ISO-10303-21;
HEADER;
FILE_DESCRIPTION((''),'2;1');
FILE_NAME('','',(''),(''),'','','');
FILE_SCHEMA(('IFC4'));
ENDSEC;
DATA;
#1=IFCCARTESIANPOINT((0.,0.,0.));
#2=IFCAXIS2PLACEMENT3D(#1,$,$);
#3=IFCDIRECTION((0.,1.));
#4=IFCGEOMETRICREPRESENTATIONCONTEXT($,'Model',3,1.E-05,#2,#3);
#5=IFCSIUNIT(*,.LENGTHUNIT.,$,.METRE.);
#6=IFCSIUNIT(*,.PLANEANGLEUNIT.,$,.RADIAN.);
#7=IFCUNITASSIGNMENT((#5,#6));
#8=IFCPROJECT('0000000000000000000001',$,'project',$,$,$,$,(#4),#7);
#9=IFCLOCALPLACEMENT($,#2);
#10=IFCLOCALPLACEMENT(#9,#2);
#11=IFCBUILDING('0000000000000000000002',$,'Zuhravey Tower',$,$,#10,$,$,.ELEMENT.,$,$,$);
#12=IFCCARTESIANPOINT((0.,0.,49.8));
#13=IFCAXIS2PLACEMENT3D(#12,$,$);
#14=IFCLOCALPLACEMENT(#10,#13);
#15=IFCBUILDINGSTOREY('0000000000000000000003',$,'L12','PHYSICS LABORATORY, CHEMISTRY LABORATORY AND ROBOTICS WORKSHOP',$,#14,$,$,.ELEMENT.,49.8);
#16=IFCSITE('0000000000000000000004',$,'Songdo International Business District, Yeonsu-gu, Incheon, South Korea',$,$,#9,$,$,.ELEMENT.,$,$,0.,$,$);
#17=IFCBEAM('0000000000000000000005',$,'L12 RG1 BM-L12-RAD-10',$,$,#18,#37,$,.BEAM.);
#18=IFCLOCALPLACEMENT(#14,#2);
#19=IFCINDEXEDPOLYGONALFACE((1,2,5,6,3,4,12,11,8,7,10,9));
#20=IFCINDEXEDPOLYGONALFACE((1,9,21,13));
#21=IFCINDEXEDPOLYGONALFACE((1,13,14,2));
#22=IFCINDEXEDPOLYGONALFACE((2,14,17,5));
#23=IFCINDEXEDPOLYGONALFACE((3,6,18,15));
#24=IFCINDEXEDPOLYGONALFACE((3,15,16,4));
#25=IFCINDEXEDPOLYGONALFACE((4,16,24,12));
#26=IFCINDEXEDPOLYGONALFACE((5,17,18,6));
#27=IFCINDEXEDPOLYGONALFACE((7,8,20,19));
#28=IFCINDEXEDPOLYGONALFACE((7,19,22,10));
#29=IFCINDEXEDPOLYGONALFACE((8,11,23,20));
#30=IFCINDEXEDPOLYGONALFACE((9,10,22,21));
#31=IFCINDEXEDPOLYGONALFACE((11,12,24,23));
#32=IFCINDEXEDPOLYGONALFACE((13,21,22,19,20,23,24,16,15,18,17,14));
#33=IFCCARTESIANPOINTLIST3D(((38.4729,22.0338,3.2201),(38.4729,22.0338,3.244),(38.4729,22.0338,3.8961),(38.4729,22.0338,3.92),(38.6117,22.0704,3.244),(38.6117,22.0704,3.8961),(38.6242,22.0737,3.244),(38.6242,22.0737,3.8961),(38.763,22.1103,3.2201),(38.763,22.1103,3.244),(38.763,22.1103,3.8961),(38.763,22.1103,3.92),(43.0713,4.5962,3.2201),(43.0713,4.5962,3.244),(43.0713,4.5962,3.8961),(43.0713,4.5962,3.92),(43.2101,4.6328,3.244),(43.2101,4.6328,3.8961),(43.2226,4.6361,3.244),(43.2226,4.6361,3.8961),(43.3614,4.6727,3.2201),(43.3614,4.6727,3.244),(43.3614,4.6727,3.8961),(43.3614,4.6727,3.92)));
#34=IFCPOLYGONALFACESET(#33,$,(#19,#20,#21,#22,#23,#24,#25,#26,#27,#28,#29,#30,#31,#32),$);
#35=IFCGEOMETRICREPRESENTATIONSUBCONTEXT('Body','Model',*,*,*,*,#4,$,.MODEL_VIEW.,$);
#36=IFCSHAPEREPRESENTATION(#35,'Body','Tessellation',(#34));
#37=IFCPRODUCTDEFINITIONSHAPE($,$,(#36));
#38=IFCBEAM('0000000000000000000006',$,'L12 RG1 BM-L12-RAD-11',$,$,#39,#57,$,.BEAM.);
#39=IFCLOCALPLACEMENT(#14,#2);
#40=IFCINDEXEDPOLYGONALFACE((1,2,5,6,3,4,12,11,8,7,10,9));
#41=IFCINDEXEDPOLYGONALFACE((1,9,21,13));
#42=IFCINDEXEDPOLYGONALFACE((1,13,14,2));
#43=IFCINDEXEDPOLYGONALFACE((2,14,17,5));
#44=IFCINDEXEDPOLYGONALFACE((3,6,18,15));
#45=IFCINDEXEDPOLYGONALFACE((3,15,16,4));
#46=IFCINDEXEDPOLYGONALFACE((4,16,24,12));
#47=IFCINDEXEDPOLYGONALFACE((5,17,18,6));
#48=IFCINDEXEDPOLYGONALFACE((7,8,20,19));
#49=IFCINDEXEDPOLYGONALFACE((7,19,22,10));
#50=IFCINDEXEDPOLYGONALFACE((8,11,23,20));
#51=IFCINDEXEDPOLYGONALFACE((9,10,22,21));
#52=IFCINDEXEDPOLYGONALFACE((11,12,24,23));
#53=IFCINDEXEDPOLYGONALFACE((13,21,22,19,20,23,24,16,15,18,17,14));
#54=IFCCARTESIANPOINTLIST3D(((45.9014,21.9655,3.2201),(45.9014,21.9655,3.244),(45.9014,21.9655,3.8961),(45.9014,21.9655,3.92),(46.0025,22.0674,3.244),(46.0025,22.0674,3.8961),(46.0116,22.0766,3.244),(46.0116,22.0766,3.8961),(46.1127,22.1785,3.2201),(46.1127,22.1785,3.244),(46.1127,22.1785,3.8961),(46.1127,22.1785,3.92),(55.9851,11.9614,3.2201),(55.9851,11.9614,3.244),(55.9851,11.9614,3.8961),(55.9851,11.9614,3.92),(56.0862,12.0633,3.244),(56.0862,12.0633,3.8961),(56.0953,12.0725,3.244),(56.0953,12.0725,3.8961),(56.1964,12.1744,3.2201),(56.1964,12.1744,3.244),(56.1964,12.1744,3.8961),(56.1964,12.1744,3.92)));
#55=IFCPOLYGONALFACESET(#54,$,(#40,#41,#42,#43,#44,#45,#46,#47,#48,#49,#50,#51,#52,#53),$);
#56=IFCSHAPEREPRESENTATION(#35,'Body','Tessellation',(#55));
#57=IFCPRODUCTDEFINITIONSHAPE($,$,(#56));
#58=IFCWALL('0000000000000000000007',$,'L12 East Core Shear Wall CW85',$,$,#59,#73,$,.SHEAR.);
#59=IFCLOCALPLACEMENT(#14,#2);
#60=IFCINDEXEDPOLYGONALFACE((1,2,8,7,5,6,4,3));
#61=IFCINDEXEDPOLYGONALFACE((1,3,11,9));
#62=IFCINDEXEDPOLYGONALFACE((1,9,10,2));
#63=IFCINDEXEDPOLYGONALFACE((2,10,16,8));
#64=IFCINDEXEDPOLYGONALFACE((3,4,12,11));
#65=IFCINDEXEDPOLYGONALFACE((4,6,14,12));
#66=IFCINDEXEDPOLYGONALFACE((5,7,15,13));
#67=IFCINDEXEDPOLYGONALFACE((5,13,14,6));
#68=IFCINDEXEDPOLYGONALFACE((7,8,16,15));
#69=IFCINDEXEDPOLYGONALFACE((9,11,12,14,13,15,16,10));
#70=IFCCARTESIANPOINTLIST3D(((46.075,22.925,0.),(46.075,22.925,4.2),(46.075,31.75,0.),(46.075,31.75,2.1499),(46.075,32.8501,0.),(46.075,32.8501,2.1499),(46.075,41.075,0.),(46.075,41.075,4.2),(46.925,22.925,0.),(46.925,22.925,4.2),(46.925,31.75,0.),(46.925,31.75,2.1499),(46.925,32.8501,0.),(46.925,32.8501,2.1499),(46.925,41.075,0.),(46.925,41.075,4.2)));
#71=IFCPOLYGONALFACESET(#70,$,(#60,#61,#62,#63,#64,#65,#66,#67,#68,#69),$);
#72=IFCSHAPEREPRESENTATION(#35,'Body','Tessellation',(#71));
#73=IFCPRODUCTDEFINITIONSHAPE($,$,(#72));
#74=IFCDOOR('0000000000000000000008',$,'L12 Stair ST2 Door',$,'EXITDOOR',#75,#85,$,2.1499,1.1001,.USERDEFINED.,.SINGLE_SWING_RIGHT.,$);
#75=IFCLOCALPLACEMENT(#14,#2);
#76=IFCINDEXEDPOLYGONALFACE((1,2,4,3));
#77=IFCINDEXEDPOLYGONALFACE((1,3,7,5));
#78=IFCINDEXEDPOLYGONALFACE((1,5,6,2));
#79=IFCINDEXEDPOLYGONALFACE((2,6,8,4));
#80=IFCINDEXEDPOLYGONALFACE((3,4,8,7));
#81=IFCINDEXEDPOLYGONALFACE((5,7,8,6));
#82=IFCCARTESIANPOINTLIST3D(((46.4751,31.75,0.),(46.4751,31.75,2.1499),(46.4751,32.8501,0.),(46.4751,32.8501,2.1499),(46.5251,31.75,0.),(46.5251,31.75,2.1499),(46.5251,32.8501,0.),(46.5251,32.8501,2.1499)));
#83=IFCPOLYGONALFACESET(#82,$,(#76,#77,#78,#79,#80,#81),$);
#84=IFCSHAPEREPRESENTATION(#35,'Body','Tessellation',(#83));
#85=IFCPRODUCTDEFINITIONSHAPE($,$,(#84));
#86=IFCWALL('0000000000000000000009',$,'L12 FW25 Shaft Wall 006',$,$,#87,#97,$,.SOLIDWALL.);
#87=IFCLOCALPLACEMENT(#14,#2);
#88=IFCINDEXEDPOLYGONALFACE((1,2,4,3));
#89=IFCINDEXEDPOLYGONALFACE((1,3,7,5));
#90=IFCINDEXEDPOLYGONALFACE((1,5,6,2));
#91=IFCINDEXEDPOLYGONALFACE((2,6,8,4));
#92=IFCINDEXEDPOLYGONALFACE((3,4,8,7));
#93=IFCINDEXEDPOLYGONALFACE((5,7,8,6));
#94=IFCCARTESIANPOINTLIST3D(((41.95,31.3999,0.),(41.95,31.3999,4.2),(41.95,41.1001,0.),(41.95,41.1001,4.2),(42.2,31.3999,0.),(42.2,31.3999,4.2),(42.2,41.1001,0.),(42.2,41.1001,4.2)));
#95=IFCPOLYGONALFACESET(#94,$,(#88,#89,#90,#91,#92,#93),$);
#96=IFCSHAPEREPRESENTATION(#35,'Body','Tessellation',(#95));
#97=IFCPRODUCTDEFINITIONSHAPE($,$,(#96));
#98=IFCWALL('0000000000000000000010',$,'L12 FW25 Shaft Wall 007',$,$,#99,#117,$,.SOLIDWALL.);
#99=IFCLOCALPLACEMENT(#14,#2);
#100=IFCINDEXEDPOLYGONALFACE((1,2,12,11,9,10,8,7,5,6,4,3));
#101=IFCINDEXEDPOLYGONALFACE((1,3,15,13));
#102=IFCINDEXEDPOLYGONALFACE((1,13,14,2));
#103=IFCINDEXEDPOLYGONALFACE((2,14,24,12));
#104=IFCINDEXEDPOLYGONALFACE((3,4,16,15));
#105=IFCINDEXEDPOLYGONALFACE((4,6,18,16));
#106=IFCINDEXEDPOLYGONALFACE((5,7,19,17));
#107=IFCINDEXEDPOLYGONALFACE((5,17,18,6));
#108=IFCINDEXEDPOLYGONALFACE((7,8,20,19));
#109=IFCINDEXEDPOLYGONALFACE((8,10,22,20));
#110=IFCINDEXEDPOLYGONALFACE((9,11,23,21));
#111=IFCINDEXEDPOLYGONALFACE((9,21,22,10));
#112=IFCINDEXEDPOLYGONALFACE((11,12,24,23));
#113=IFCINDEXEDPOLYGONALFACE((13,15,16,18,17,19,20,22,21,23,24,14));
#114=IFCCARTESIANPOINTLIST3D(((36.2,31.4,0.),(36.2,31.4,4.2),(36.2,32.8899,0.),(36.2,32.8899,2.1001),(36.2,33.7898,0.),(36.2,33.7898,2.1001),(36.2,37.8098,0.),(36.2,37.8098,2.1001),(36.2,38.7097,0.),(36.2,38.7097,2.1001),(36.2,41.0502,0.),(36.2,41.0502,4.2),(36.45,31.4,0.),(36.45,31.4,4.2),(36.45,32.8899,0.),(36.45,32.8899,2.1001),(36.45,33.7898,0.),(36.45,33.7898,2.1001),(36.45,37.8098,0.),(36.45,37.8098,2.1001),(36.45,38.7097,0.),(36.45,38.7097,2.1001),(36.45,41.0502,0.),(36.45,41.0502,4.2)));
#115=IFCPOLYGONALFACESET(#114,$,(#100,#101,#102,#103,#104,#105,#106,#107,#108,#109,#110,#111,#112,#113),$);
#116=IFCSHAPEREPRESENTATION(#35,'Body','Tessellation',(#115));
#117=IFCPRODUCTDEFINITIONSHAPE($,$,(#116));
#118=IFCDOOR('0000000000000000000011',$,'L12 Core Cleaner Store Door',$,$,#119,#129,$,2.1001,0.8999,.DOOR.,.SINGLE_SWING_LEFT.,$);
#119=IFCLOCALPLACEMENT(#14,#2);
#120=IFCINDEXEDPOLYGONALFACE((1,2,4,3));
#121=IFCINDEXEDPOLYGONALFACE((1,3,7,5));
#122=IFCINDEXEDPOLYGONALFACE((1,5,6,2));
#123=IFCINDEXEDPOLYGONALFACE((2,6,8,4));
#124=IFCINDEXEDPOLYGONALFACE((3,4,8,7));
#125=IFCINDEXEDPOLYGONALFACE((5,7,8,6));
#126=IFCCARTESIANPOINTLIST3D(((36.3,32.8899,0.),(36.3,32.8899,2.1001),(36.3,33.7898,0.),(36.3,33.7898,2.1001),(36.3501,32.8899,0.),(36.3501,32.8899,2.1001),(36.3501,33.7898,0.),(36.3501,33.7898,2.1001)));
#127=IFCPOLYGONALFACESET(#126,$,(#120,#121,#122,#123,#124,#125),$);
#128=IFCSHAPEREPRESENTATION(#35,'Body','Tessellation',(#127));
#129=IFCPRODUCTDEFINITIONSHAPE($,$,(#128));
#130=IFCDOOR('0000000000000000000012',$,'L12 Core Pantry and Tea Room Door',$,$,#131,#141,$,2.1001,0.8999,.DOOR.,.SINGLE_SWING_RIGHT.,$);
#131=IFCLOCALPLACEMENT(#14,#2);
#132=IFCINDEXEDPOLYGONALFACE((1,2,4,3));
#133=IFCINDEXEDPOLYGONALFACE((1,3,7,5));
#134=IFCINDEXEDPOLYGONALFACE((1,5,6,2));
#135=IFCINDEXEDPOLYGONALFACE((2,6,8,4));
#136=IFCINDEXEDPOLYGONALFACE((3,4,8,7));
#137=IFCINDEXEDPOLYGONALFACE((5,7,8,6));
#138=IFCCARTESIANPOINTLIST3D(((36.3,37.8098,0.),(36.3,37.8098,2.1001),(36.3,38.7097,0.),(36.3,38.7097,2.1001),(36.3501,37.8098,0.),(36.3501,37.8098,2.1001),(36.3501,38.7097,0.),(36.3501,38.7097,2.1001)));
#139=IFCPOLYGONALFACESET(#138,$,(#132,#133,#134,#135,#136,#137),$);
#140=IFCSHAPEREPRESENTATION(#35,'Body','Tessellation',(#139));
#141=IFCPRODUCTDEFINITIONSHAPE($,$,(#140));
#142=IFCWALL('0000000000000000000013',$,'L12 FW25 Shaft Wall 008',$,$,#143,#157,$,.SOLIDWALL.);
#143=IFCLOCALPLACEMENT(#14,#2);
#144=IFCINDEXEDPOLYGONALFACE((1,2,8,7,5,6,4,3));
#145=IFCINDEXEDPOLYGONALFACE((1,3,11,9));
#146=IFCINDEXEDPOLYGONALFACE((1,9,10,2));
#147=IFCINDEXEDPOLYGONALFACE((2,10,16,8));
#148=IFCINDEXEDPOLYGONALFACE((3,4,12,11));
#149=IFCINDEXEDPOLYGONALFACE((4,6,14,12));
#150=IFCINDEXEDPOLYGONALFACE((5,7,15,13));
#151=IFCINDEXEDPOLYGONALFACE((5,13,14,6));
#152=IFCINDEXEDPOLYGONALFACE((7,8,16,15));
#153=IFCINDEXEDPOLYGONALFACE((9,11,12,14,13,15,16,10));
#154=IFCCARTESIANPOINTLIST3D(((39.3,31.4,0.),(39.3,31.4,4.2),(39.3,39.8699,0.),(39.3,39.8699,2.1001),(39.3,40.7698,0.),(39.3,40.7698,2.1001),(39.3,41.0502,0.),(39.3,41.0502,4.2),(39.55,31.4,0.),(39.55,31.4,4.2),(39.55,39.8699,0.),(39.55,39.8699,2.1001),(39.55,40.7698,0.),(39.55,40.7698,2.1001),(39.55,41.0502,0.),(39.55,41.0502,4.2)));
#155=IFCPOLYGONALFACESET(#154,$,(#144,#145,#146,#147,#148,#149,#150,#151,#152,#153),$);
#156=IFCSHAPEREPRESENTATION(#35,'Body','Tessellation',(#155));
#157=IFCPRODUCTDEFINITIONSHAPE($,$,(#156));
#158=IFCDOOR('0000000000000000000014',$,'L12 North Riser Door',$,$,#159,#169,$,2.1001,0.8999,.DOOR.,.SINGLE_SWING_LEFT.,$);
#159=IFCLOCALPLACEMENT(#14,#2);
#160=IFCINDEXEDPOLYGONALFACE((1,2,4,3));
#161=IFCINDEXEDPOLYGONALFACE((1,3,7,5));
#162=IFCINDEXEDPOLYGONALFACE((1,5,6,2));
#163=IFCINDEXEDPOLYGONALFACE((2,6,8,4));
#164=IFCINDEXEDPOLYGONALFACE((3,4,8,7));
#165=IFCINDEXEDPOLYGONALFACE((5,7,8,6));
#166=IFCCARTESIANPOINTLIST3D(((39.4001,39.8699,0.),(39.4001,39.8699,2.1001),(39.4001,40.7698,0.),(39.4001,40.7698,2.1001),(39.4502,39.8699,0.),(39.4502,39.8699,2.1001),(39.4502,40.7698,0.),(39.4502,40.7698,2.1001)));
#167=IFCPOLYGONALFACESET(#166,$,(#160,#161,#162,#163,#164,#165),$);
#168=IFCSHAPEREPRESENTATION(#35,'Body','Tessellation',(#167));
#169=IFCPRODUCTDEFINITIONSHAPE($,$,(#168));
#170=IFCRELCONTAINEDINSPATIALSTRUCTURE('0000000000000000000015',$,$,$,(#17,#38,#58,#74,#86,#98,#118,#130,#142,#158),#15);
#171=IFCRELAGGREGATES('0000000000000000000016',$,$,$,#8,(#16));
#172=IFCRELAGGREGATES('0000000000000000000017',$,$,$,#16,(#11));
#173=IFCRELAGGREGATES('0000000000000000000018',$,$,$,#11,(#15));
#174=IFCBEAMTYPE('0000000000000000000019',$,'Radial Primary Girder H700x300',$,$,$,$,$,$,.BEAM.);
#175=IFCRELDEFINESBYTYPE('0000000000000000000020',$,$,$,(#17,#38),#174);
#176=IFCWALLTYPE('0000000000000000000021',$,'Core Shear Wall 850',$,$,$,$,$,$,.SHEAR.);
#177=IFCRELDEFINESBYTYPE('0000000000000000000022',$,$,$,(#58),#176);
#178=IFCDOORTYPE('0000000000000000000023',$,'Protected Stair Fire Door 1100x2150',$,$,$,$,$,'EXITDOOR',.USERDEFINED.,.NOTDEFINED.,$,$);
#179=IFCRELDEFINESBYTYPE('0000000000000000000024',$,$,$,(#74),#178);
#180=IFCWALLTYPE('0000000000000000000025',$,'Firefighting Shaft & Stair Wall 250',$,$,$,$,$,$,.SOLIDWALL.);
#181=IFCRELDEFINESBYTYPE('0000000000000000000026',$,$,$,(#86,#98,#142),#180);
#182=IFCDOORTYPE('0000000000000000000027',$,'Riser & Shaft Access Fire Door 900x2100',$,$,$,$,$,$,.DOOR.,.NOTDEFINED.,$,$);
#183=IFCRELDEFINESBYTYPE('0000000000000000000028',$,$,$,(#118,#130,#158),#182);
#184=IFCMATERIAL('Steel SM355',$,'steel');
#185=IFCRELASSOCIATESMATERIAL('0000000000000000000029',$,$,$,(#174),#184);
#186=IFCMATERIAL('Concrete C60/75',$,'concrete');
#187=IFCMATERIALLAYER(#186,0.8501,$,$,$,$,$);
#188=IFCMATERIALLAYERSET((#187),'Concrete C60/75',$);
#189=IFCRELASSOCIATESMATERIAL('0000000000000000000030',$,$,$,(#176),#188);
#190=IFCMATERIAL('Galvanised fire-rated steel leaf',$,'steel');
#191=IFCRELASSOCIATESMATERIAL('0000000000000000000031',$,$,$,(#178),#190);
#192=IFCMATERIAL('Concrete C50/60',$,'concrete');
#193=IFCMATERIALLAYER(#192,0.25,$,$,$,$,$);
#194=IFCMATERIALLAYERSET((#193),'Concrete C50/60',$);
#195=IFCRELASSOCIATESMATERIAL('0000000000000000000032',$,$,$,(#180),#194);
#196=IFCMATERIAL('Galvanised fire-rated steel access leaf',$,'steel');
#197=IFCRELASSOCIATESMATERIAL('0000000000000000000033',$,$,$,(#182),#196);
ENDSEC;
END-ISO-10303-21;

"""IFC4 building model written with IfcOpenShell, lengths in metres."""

from ifc_helpers import new_model, si_unit, direction, frame, frame_2d, origin, origin_2d, place, context, subcontext, project, spatial, rectangle, i_section, extrude, material, layer, layer_set, material_profile, profile_set, type_object, element, fill, save


model = new_model("IFC4")

# Units and contexts
model_context = context("Model", 3, precision=1e-05, world=origin(), true_north=direction((0.0, 1.0)))
body_context = subcontext(model_context, "Body", "Model", "MODEL_VIEW")
ifc_project = project(units=[si_unit("LENGTHUNIT", "METRE"), si_unit("PLANEANGLEUNIT", "RADIAN")], contexts=[model_context])

# Site, building, storey
site_placement = place(None, origin())
site = spatial("IfcSite", under=ifc_project, at=site_placement, Name="Songdo International Business District, Yeonsu-gu, Incheon, South Korea", CompositionType="ELEMENT", RefElevation=0.0)
building_placement = place(site_placement, origin())
building = spatial("IfcBuilding", under=site, at=building_placement, Name="Zuhravey Tower", CompositionType="ELEMENT")
storey_placement = place(building_placement, frame((0.0, 0.0, 49.8)))
storey = spatial("IfcBuildingStorey", under=building, at=storey_placement, Name="L12", Description="PHYSICS LABORATORY, CHEMISTRY LABORATORY AND ROBOTICS WORKSHOP", CompositionType="ELEMENT", Elevation=49.8)

# Beams
ifc_material_1 = material(Name="Steel SM355", Category="steel")
ifc_material_profile = material_profile(ifc_material_1, i_section(OverallWidth=0.3, OverallDepth=0.7, WebThickness=0.0129, FlangeThickness=0.0239, at=origin_2d()), Name="H-700x300x13x24")
ifc_profile_set = profile_set([ifc_material_profile], Name="Steel SM355")
beam_type = type_object("IfcBeamType", Name="Radial Primary Girder H700x300", PredefinedType="BEAM", material=ifc_profile_set)
beam_1_placement = place(storey_placement, frame((38.6179, 22.072, 3.5701), z_axis=(0.25499, -0.966944, 0.0), x_axis=(0.966944, 0.25499, 0.0)))
element("IfcBeam", 1, at=beam_1_placement, inside=storey, type_object=beam_type, Name="L12 RG1 BM-L12-RAD-10", PredefinedType="BEAM", context=body_context, shape_type="SweptSolid", body=[
    extrude(i_section(OverallWidth=0.3, OverallDepth=0.7, WebThickness=0.0129, FlangeThickness=0.0239, at=origin_2d()), origin(), (0.0, 0.0, 1.0), 18.0337),
])
beam_2_placement = place(storey_placement, frame((46.0071, 22.072, 3.5701), z_axis=(0.709903, -0.7043, 0.0), x_axis=(0.7043, 0.709903, 0.0)))
element("IfcBeam", 2, at=beam_2_placement, inside=storey, type_object=beam_type, Name="L12 RG1 BM-L12-RAD-11", PredefinedType="BEAM", context=body_context, shape_type="SweptSolid", body=[
    extrude(i_section(OverallWidth=0.3, OverallDepth=0.7, WebThickness=0.0129, FlangeThickness=0.0239, at=origin_2d()), origin(), (0.0, 0.0, 1.0), 14.2043),
])

# Wall, opening, door
ifc_material_2 = material(Name="Concrete C60/75", Category="concrete")
ifc_layer_1 = layer(ifc_material_2, 0.8501)
ifc_layer_set_1 = layer_set([ifc_layer_1], Name="Concrete C60/75")
wall_type_1 = type_object("IfcWallType", Name="Core Shear Wall 850", PredefinedType="SHEAR", material=ifc_layer_set_1)
ifc_material_3 = material(Name="Galvanised fire-rated steel leaf", Category="steel")
wall_1_placement = place(storey_placement, frame((46.5, 22.925, 0.0), z_axis=(0.0, 0.0, 1.0), x_axis=(0.0, 1.0, 0.0)))
wall_1 = element("IfcWall", 3, at=wall_1_placement, inside=storey, type_object=wall_type_1, Name="L12 East Core Shear Wall CW85", PredefinedType="SHEAR", context=body_context, shape_type="SweptSolid", body=[
    extrude(rectangle(XDim=18.1499, YDim=0.8501, at=frame_2d((9.075, 0.0))), origin(), (0.0, 0.0, 1.0), 4.2),
])
opening_1_placement = place(wall_1_placement, frame((8.825, 0.0, 0.0)))
opening_1 = element("IfcOpeningElement", 4, at=opening_1_placement, cuts=wall_1, PredefinedType="OPENING", context=body_context, shape_type="SweptSolid", body=[
    extrude(rectangle(XDim=1.1001, YDim=2.1499, at=frame_2d((0.55, 1.075))), frame((0.0, 0.437, 0.0), z_axis=(0.0, -1.0, 0.0), x_axis=(1.0, 0.0, 0.0)), (0.0, 0.0, 1.0), 0.874),
])
door_type_1 = type_object("IfcDoorType", Name="Protected Stair Fire Door 1100x2150", ElementType="EXITDOOR", OperationType="NOTDEFINED", PredefinedType="USERDEFINED", material=ifc_material_3)
door_1_placement = place(opening_1_placement, origin())
door_1 = element("IfcDoor", 5, at=door_1_placement, inside=storey, type_object=door_type_1, Name="L12 Stair ST2 Door", ObjectType="EXITDOOR", OperationType="SINGLE_SWING_RIGHT", OverallHeight=2.1499, OverallWidth=1.1001, PredefinedType="USERDEFINED", context=body_context, shape_type="SweptSolid", body=[
    extrude(rectangle(XDim=1.1001, YDim=2.1499, at=frame_2d((0.55, 1.075))), frame((0.0, 0.0249, 0.0), z_axis=(0.0, -1.0, 0.0), x_axis=(1.0, 0.0, 0.0)), (0.0, 0.0, 1.0), 0.05),
])
fill(opening_1, door_1)

# Wall
ifc_material_4 = material(Name="Concrete C50/60", Category="concrete")
ifc_layer_2 = layer(ifc_material_4, 0.25)
ifc_layer_set_2 = layer_set([ifc_layer_2], Name="Concrete C50/60")
wall_type_2 = type_object("IfcWallType", Name="Firefighting Shaft & Stair Wall 250", PredefinedType="SOLIDWALL", material=ifc_layer_set_2)
wall_2_placement = place(storey_placement, frame((42.075, 31.3999, 0.0), z_axis=(0.0, 0.0, 1.0), x_axis=(0.0, 1.0, 0.0)))
element("IfcWall", 6, at=wall_2_placement, inside=storey, type_object=wall_type_2, Name="L12 FW25 Shaft Wall 006", PredefinedType="SOLIDWALL", context=body_context, shape_type="SweptSolid", body=[
    extrude(rectangle(XDim=9.7002, YDim=0.25, at=frame_2d((4.8501, 0.0))), origin(), (0.0, 0.0, 1.0), 4.2),
])

# Wall, openings, doors
wall_3_placement = place(storey_placement, frame((36.325, 31.3999, 0.0), z_axis=(0.0, 0.0, 1.0), x_axis=(0.0, 1.0, 0.0)))
wall_3 = element("IfcWall", 7, at=wall_3_placement, inside=storey, type_object=wall_type_2, Name="L12 FW25 Shaft Wall 007", PredefinedType="SOLIDWALL", context=body_context, shape_type="SweptSolid", body=[
    extrude(rectangle(XDim=9.6501, YDim=0.25, at=frame_2d((4.8252, 0.0))), origin(), (0.0, 0.0, 1.0), 4.2),
])
opening_2_placement = place(wall_3_placement, frame((1.49, 0.0, 0.0)))
opening_2 = element("IfcOpeningElement", 8, at=opening_2_placement, cuts=wall_3, PredefinedType="OPENING", context=body_context, shape_type="SweptSolid", body=[
    extrude(rectangle(XDim=0.8999, YDim=2.1001, at=frame_2d((0.45, 1.05))), frame((0.0, 0.137, 0.0), z_axis=(0.0, -1.0, 0.0), x_axis=(1.0, 0.0, 0.0)), (0.0, 0.0, 1.0), 0.2739),
])
opening_3_placement = place(wall_3_placement, frame((6.4099, 0.0, 0.0)))
opening_3 = element("IfcOpeningElement", 9, at=opening_3_placement, cuts=wall_3, PredefinedType="OPENING", context=body_context, shape_type="SweptSolid", body=[
    extrude(rectangle(XDim=0.8999, YDim=2.1001, at=frame_2d((0.45, 1.05))), frame((0.0, 0.137, 0.0), z_axis=(0.0, -1.0, 0.0), x_axis=(1.0, 0.0, 0.0)), (0.0, 0.0, 1.0), 0.2739),
])
ifc_material_5 = material(Name="Galvanised fire-rated steel access leaf", Category="steel")
door_type_2 = type_object("IfcDoorType", Name="Riser & Shaft Access Fire Door 900x2100", OperationType="NOTDEFINED", PredefinedType="DOOR", material=ifc_material_5)
door_2_placement = place(opening_2_placement, origin())
door_2 = element("IfcDoor", 10, at=door_2_placement, inside=storey, type_object=door_type_2, Name="L12 Core Cleaner Store Door", OperationType="SINGLE_SWING_LEFT", OverallHeight=2.1001, OverallWidth=0.8999, PredefinedType="DOOR", context=body_context, shape_type="SweptSolid", body=[
    extrude(rectangle(XDim=0.8999, YDim=2.1001, at=frame_2d((0.45, 1.05))), frame((0.0, 0.0249, 0.0), z_axis=(0.0, -1.0, 0.0), x_axis=(1.0, 0.0, 0.0)), (0.0, 0.0, 1.0), 0.05),
])
fill(opening_2, door_2)
door_3_placement = place(opening_3_placement, origin())
door_3 = element("IfcDoor", 11, at=door_3_placement, inside=storey, type_object=door_type_2, Name="L12 Core Pantry and Tea Room Door", OperationType="SINGLE_SWING_RIGHT", OverallHeight=2.1001, OverallWidth=0.8999, PredefinedType="DOOR", context=body_context, shape_type="SweptSolid", body=[
    extrude(rectangle(XDim=0.8999, YDim=2.1001, at=frame_2d((0.45, 1.05))), frame((0.0, 0.0249, 0.0), z_axis=(0.0, -1.0, 0.0), x_axis=(1.0, 0.0, 0.0)), (0.0, 0.0, 1.0), 0.05),
])
fill(opening_3, door_3)

# Wall, opening, door
wall_4_placement = place(storey_placement, frame((39.425, 31.3999, 0.0), z_axis=(0.0, 0.0, 1.0), x_axis=(0.0, 1.0, 0.0)))
wall_4 = element("IfcWall", 12, at=wall_4_placement, inside=storey, type_object=wall_type_2, Name="L12 FW25 Shaft Wall 008", PredefinedType="SOLIDWALL", context=body_context, shape_type="SweptSolid", body=[
    extrude(rectangle(XDim=9.6501, YDim=0.25, at=frame_2d((4.8252, 0.0))), origin(), (0.0, 0.0, 1.0), 4.2),
])
opening_4_placement = place(wall_4_placement, frame((8.47, 0.0, 0.0)))
opening_4 = element("IfcOpeningElement", 13, at=opening_4_placement, cuts=wall_4, PredefinedType="OPENING", context=body_context, shape_type="SweptSolid", body=[
    extrude(rectangle(XDim=0.8999, YDim=2.1001, at=frame_2d((0.45, 1.05))), frame((0.0, 0.137, 0.0), z_axis=(0.0, -1.0, 0.0), x_axis=(1.0, 0.0, 0.0)), (0.0, 0.0, 1.0), 0.2739),
])
door_4_placement = place(opening_4_placement, origin())
door_4 = element("IfcDoor", 14, at=door_4_placement, inside=storey, type_object=door_type_2, Name="L12 North Riser Door", OperationType="SINGLE_SWING_LEFT", OverallHeight=2.1001, OverallWidth=0.8999, PredefinedType="DOOR", context=body_context, shape_type="SweptSolid", body=[
    extrude(rectangle(XDim=0.8999, YDim=2.1001, at=frame_2d((0.45, 1.05))), frame((0.0, 0.0249, 0.0), z_axis=(0.0, -1.0, 0.0), x_axis=(1.0, 0.0, 0.0)), (0.0, 0.0, 1.0), 0.05),
])
fill(opening_4, door_4)

save(model, "model.ifc")
